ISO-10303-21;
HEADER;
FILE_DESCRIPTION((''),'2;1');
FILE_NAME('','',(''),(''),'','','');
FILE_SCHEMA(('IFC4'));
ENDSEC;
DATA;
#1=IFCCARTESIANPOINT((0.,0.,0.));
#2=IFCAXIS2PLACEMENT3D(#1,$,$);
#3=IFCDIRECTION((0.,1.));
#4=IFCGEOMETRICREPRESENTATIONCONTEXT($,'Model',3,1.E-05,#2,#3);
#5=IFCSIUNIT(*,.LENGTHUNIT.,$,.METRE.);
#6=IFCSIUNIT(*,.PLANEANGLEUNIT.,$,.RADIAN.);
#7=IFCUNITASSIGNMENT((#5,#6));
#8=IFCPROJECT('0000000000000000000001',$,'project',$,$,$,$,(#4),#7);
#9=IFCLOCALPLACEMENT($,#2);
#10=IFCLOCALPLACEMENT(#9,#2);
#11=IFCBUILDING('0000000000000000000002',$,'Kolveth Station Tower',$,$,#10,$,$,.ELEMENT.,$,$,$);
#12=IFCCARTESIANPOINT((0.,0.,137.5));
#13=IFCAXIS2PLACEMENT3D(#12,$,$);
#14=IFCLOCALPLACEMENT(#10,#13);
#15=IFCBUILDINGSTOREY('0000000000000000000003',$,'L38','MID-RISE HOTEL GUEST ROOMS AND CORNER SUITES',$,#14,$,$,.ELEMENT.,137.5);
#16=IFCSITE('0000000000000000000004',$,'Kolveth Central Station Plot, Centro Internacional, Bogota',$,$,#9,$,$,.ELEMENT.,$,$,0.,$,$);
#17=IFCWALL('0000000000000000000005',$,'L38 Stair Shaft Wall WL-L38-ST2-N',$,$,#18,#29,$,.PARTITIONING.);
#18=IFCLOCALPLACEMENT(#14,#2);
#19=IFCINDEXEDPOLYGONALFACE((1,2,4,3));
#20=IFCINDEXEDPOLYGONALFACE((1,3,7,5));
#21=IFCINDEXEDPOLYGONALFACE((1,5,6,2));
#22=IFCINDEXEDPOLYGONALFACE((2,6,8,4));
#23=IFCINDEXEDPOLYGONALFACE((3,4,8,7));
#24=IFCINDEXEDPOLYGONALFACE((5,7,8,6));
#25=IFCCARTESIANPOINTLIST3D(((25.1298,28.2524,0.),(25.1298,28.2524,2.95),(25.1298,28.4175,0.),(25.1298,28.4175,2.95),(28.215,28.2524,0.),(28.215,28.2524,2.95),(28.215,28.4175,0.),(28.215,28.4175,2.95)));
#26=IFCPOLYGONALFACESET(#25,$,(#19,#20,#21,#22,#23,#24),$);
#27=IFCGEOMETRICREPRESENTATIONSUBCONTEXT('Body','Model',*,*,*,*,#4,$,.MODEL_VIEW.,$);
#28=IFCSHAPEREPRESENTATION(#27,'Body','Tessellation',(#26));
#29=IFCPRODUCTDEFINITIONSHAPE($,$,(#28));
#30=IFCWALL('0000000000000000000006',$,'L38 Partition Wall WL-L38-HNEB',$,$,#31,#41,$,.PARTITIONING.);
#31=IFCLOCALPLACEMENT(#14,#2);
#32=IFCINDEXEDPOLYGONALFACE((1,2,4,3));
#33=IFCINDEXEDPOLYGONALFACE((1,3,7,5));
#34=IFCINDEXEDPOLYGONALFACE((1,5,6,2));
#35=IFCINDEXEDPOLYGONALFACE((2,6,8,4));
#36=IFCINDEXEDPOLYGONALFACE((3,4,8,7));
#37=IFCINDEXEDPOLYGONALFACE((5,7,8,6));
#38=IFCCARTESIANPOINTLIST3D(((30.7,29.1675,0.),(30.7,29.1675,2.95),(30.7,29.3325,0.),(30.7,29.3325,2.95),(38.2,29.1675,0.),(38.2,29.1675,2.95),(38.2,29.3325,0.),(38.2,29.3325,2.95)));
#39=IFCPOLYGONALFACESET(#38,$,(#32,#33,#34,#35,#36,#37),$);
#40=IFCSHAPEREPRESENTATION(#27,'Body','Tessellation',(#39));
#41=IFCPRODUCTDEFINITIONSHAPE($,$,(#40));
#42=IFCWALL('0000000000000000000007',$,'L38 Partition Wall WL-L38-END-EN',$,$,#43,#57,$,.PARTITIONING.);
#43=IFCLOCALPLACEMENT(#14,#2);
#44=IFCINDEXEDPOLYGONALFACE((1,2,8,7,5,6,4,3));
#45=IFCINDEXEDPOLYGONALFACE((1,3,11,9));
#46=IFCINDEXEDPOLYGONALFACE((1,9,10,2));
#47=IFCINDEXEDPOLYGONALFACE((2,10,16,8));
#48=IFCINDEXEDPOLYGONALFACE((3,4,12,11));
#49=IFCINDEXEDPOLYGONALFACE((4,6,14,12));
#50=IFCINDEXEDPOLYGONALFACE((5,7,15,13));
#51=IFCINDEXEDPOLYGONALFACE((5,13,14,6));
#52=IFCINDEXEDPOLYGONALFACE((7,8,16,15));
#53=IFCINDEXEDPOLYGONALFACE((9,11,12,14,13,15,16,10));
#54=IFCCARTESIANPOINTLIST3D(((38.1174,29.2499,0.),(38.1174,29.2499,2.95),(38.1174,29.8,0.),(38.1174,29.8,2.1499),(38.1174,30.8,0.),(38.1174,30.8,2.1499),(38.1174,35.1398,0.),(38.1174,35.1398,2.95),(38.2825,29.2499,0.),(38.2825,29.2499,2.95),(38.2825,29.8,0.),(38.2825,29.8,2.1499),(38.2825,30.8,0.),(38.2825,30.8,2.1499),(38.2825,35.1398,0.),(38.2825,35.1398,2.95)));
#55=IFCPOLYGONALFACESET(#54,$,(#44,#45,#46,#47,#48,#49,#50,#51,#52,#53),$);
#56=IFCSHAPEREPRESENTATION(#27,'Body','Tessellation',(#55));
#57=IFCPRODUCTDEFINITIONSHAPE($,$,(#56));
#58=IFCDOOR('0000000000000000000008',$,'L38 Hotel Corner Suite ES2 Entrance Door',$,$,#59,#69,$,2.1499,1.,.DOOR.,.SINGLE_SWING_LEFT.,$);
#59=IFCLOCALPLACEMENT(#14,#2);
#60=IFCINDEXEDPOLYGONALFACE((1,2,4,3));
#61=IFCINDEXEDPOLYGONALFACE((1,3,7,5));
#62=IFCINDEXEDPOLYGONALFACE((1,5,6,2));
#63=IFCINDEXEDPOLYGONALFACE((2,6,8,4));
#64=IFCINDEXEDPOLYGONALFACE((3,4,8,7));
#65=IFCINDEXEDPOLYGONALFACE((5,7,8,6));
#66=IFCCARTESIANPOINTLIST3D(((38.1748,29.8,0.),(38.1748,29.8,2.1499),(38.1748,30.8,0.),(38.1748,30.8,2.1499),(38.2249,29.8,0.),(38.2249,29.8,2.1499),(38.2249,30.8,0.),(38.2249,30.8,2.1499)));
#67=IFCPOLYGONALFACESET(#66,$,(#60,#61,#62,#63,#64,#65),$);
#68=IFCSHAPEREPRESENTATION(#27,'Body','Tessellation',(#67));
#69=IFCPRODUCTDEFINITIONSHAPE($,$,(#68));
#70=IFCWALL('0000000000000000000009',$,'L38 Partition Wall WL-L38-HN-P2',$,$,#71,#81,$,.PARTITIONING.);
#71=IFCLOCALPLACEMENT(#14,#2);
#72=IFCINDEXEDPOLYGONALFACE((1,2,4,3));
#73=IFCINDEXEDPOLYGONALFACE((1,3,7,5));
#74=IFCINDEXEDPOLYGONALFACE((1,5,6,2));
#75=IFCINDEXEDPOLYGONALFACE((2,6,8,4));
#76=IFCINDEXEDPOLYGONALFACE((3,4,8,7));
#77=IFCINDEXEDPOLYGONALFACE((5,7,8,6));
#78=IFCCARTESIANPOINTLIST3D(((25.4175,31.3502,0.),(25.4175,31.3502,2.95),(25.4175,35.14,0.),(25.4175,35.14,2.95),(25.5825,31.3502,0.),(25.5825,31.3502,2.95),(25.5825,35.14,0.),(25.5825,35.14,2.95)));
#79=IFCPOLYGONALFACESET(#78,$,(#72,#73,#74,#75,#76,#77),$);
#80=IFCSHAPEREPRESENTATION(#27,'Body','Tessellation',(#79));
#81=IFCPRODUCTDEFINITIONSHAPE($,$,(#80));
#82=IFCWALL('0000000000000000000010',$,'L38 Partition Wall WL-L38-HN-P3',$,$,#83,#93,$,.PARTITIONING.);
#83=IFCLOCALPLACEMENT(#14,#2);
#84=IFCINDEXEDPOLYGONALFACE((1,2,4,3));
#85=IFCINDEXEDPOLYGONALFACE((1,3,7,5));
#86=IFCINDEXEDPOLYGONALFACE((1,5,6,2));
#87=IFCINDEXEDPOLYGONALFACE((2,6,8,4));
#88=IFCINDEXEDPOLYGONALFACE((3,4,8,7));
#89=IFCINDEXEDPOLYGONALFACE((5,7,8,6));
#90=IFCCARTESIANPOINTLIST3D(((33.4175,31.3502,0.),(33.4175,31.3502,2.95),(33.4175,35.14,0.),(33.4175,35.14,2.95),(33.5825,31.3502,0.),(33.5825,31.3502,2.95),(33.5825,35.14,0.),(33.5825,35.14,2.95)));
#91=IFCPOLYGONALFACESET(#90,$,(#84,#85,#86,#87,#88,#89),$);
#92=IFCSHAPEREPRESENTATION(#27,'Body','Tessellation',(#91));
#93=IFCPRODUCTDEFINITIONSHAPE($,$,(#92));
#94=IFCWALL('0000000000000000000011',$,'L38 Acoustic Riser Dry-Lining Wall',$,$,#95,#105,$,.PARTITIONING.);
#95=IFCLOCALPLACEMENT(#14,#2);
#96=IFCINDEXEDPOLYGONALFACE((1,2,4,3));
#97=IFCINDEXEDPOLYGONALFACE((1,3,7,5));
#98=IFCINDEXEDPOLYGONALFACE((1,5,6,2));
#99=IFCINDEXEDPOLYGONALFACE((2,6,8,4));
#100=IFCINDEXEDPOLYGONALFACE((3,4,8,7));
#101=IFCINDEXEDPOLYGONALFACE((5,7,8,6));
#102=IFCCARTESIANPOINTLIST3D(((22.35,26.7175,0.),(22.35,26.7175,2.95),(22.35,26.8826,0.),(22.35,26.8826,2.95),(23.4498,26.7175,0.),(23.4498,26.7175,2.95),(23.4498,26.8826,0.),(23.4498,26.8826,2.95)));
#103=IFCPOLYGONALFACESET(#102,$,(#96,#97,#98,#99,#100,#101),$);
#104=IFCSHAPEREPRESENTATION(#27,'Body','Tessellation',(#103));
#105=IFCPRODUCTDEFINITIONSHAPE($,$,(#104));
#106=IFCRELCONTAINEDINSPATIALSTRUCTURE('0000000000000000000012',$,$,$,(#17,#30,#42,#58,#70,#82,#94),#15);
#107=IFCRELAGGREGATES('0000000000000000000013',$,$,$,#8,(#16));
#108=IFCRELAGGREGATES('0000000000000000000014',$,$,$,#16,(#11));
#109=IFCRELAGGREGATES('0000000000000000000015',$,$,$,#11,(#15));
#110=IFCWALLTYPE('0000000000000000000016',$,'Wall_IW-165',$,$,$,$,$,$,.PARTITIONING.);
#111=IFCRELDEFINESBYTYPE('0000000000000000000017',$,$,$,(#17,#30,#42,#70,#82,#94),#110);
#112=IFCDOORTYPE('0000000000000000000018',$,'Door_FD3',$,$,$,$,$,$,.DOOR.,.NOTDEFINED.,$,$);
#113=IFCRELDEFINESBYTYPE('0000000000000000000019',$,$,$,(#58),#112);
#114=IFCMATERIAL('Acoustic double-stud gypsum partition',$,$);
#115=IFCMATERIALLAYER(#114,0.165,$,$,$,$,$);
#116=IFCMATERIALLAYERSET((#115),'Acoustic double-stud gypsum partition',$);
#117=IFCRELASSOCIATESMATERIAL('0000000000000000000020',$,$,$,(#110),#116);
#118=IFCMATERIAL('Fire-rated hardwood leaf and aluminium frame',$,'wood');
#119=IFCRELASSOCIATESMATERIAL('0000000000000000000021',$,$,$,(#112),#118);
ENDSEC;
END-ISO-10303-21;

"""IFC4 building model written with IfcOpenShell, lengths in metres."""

from ifc_helpers import new_model, si_unit, direction, frame, frame_2d, origin, place, context, subcontext, project, spatial, rectangle, extrude, material, layer, layer_set, type_object, element, fill, save


model = new_model("IFC4")

# Units and contexts
model_context = context("Model", 3, precision=1e-05, world=origin(), true_north=direction((0.0, 1.0)))
body_context = subcontext(model_context, "Body", "Model", "MODEL_VIEW")
ifc_project = project(units=[si_unit("LENGTHUNIT", "METRE"), si_unit("PLANEANGLEUNIT", "RADIAN")], contexts=[model_context])

# Site, building, storey
site_placement = place(None, origin())
site = spatial("IfcSite", under=ifc_project, at=site_placement, Name="Kolveth Central Station Plot, Centro Internacional, Bogota", CompositionType="ELEMENT", RefElevation=0.0)
building_placement = place(site_placement, origin())
building = spatial("IfcBuilding", under=site, at=building_placement, Name="Kolveth Station Tower", CompositionType="ELEMENT")
storey_placement = place(building_placement, frame((0.0, 0.0, 137.5)))
storey = spatial("IfcBuildingStorey", under=building, at=storey_placement, Name="L38", Description="MID-RISE HOTEL GUEST ROOMS AND CORNER SUITES", CompositionType="ELEMENT", Elevation=137.5)

# Walls
ifc_material_1 = material(Name="Acoustic double-stud gypsum partition")
ifc_layer_1 = layer(ifc_material_1, 0.165)
ifc_layer_set_1 = layer_set([ifc_layer_1], Name="Acoustic double-stud gypsum partition")
wall_type = type_object("IfcWallType", Name="Wall_IW-165", PredefinedType="PARTITIONING", material=ifc_layer_set_1)
wall_1_placement = place(storey_placement, frame((25.1299, 28.335, 0.0), z_axis=(0.0, 0.0, 1.0), x_axis=(1.0, 0.0, 0.0)))
element("IfcWall", 1, at=wall_1_placement, inside=storey, type_object=wall_type, Name="L38 Stair Shaft Wall WL-L38-ST2-N", PredefinedType="PARTITIONING", context=body_context, shape_type="SweptSolid", body=[
    extrude(rectangle(XDim=3.0852, YDim=0.165, at=frame_2d((1.5425, 0.0))), origin(), (0.0, 0.0, 1.0), 2.95),
])
wall_2_placement = place(storey_placement, frame((30.7, 29.25, 0.0), z_axis=(0.0, 0.0, 1.0), x_axis=(1.0, 0.0, 0.0)))
element("IfcWall", 2, at=wall_2_placement, inside=storey, type_object=wall_type, Name="L38 Partition Wall WL-L38-HNEB", PredefinedType="PARTITIONING", context=body_context, shape_type="SweptSolid", body=[
    extrude(rectangle(XDim=7.5, YDim=0.165, at=frame_2d((3.75, 0.0))), origin(), (0.0, 0.0, 1.0), 2.95),
])

# Wall, opening, door
wall_3_placement = place(storey_placement, frame((38.2, 29.25, 0.0), z_axis=(0.0, 0.0, 1.0), x_axis=(0.0, 1.0, 0.0)))
wall_3 = element("IfcWall", 3, at=wall_3_placement, inside=storey, type_object=wall_type, Name="L38 Partition Wall WL-L38-END-EN", PredefinedType="PARTITIONING", context=body_context, shape_type="SweptSolid", body=[
    extrude(rectangle(XDim=5.8899, YDim=0.165, at=frame_2d((2.9448, 0.0))), origin(), (0.0, 0.0, 1.0), 2.95),
])
opening_placement = place(wall_3_placement, frame((0.55, 0.0, 0.0)))
opening = element("IfcOpeningElement", 4, at=opening_placement, cuts=wall_3, PredefinedType="OPENING", context=body_context, shape_type="SweptSolid", body=[
    extrude(rectangle(XDim=1.0, YDim=2.1499, at=frame_2d((0.5, 1.075))), frame((0.0, 0.0925, 0.0), z_axis=(0.0, -1.0, 0.0), x_axis=(1.0, 0.0, 0.0)), (0.0, 0.0, 1.0), 0.1851),
])
ifc_material_2 = material(Name="Fire-rated hardwood leaf and aluminium frame", Category="wood")
door_type = type_object("IfcDoorType", Name="Door_FD3", OperationType="NOTDEFINED", PredefinedType="DOOR", material=ifc_material_2)
door_placement = place(opening_placement, frame((1.0, 0.0, 0.0), z_axis=(0.0, 0.0, 1.0), x_axis=(-1.0, 0.0, 0.0)))
door = element("IfcDoor", 5, at=door_placement, inside=storey, type_object=door_type, Name="L38 Hotel Corner Suite ES2 Entrance Door", OperationType="SINGLE_SWING_LEFT", OverallHeight=2.1499, OverallWidth=1.0, PredefinedType="DOOR", context=body_context, shape_type="SweptSolid", body=[
    extrude(rectangle(XDim=1.0, YDim=2.1499, at=frame_2d((0.5, 1.075))), frame((0.0, 0.0249, 0.0), z_axis=(0.0, -1.0, 0.0), x_axis=(1.0, 0.0, 0.0)), (0.0, 0.0, 1.0), 0.05),
])
fill(opening, door)

# Walls
for number, where, z_axis, x_axis, name in (
    (6, (25.5, 31.3501, 0.0), (0.0, 0.0, 1.0), (0.0, 1.0, 0.0), "L38 Partition Wall WL-L38-HN-P2"),
    (7, (33.5, 31.3501, 0.0), (0.0, 0.0, 1.0), (0.0, 1.0, 0.0), "L38 Partition Wall WL-L38-HN-P3"),
):
    element("IfcWall", number, at=place(storey_placement, frame(where, z_axis=z_axis, x_axis=x_axis)), inside=storey, type_object=wall_type, Name=name, PredefinedType="PARTITIONING", context=body_context, shape_type="SweptSolid", body=[
        extrude(rectangle(XDim=3.7898, YDim=0.165, at=frame_2d((1.895, 0.0))), origin(), (0.0, 0.0, 1.0), 2.95),
    ])
wall_4_placement = place(storey_placement, frame((22.3501, 26.8, 0.0), z_axis=(0.0, 0.0, 1.0), x_axis=(1.0, 0.0, 0.0)))
element("IfcWall", 8, at=wall_4_placement, inside=storey, type_object=wall_type, Name="L38 Acoustic Riser Dry-Lining Wall", PredefinedType="PARTITIONING", context=body_context, shape_type="SweptSolid", body=[
    extrude(rectangle(XDim=1.0999, YDim=0.165, at=frame_2d((0.5498, 0.0))), origin(), (0.0, 0.0, 1.0), 2.95),
])

save(model, "model.ifc")
